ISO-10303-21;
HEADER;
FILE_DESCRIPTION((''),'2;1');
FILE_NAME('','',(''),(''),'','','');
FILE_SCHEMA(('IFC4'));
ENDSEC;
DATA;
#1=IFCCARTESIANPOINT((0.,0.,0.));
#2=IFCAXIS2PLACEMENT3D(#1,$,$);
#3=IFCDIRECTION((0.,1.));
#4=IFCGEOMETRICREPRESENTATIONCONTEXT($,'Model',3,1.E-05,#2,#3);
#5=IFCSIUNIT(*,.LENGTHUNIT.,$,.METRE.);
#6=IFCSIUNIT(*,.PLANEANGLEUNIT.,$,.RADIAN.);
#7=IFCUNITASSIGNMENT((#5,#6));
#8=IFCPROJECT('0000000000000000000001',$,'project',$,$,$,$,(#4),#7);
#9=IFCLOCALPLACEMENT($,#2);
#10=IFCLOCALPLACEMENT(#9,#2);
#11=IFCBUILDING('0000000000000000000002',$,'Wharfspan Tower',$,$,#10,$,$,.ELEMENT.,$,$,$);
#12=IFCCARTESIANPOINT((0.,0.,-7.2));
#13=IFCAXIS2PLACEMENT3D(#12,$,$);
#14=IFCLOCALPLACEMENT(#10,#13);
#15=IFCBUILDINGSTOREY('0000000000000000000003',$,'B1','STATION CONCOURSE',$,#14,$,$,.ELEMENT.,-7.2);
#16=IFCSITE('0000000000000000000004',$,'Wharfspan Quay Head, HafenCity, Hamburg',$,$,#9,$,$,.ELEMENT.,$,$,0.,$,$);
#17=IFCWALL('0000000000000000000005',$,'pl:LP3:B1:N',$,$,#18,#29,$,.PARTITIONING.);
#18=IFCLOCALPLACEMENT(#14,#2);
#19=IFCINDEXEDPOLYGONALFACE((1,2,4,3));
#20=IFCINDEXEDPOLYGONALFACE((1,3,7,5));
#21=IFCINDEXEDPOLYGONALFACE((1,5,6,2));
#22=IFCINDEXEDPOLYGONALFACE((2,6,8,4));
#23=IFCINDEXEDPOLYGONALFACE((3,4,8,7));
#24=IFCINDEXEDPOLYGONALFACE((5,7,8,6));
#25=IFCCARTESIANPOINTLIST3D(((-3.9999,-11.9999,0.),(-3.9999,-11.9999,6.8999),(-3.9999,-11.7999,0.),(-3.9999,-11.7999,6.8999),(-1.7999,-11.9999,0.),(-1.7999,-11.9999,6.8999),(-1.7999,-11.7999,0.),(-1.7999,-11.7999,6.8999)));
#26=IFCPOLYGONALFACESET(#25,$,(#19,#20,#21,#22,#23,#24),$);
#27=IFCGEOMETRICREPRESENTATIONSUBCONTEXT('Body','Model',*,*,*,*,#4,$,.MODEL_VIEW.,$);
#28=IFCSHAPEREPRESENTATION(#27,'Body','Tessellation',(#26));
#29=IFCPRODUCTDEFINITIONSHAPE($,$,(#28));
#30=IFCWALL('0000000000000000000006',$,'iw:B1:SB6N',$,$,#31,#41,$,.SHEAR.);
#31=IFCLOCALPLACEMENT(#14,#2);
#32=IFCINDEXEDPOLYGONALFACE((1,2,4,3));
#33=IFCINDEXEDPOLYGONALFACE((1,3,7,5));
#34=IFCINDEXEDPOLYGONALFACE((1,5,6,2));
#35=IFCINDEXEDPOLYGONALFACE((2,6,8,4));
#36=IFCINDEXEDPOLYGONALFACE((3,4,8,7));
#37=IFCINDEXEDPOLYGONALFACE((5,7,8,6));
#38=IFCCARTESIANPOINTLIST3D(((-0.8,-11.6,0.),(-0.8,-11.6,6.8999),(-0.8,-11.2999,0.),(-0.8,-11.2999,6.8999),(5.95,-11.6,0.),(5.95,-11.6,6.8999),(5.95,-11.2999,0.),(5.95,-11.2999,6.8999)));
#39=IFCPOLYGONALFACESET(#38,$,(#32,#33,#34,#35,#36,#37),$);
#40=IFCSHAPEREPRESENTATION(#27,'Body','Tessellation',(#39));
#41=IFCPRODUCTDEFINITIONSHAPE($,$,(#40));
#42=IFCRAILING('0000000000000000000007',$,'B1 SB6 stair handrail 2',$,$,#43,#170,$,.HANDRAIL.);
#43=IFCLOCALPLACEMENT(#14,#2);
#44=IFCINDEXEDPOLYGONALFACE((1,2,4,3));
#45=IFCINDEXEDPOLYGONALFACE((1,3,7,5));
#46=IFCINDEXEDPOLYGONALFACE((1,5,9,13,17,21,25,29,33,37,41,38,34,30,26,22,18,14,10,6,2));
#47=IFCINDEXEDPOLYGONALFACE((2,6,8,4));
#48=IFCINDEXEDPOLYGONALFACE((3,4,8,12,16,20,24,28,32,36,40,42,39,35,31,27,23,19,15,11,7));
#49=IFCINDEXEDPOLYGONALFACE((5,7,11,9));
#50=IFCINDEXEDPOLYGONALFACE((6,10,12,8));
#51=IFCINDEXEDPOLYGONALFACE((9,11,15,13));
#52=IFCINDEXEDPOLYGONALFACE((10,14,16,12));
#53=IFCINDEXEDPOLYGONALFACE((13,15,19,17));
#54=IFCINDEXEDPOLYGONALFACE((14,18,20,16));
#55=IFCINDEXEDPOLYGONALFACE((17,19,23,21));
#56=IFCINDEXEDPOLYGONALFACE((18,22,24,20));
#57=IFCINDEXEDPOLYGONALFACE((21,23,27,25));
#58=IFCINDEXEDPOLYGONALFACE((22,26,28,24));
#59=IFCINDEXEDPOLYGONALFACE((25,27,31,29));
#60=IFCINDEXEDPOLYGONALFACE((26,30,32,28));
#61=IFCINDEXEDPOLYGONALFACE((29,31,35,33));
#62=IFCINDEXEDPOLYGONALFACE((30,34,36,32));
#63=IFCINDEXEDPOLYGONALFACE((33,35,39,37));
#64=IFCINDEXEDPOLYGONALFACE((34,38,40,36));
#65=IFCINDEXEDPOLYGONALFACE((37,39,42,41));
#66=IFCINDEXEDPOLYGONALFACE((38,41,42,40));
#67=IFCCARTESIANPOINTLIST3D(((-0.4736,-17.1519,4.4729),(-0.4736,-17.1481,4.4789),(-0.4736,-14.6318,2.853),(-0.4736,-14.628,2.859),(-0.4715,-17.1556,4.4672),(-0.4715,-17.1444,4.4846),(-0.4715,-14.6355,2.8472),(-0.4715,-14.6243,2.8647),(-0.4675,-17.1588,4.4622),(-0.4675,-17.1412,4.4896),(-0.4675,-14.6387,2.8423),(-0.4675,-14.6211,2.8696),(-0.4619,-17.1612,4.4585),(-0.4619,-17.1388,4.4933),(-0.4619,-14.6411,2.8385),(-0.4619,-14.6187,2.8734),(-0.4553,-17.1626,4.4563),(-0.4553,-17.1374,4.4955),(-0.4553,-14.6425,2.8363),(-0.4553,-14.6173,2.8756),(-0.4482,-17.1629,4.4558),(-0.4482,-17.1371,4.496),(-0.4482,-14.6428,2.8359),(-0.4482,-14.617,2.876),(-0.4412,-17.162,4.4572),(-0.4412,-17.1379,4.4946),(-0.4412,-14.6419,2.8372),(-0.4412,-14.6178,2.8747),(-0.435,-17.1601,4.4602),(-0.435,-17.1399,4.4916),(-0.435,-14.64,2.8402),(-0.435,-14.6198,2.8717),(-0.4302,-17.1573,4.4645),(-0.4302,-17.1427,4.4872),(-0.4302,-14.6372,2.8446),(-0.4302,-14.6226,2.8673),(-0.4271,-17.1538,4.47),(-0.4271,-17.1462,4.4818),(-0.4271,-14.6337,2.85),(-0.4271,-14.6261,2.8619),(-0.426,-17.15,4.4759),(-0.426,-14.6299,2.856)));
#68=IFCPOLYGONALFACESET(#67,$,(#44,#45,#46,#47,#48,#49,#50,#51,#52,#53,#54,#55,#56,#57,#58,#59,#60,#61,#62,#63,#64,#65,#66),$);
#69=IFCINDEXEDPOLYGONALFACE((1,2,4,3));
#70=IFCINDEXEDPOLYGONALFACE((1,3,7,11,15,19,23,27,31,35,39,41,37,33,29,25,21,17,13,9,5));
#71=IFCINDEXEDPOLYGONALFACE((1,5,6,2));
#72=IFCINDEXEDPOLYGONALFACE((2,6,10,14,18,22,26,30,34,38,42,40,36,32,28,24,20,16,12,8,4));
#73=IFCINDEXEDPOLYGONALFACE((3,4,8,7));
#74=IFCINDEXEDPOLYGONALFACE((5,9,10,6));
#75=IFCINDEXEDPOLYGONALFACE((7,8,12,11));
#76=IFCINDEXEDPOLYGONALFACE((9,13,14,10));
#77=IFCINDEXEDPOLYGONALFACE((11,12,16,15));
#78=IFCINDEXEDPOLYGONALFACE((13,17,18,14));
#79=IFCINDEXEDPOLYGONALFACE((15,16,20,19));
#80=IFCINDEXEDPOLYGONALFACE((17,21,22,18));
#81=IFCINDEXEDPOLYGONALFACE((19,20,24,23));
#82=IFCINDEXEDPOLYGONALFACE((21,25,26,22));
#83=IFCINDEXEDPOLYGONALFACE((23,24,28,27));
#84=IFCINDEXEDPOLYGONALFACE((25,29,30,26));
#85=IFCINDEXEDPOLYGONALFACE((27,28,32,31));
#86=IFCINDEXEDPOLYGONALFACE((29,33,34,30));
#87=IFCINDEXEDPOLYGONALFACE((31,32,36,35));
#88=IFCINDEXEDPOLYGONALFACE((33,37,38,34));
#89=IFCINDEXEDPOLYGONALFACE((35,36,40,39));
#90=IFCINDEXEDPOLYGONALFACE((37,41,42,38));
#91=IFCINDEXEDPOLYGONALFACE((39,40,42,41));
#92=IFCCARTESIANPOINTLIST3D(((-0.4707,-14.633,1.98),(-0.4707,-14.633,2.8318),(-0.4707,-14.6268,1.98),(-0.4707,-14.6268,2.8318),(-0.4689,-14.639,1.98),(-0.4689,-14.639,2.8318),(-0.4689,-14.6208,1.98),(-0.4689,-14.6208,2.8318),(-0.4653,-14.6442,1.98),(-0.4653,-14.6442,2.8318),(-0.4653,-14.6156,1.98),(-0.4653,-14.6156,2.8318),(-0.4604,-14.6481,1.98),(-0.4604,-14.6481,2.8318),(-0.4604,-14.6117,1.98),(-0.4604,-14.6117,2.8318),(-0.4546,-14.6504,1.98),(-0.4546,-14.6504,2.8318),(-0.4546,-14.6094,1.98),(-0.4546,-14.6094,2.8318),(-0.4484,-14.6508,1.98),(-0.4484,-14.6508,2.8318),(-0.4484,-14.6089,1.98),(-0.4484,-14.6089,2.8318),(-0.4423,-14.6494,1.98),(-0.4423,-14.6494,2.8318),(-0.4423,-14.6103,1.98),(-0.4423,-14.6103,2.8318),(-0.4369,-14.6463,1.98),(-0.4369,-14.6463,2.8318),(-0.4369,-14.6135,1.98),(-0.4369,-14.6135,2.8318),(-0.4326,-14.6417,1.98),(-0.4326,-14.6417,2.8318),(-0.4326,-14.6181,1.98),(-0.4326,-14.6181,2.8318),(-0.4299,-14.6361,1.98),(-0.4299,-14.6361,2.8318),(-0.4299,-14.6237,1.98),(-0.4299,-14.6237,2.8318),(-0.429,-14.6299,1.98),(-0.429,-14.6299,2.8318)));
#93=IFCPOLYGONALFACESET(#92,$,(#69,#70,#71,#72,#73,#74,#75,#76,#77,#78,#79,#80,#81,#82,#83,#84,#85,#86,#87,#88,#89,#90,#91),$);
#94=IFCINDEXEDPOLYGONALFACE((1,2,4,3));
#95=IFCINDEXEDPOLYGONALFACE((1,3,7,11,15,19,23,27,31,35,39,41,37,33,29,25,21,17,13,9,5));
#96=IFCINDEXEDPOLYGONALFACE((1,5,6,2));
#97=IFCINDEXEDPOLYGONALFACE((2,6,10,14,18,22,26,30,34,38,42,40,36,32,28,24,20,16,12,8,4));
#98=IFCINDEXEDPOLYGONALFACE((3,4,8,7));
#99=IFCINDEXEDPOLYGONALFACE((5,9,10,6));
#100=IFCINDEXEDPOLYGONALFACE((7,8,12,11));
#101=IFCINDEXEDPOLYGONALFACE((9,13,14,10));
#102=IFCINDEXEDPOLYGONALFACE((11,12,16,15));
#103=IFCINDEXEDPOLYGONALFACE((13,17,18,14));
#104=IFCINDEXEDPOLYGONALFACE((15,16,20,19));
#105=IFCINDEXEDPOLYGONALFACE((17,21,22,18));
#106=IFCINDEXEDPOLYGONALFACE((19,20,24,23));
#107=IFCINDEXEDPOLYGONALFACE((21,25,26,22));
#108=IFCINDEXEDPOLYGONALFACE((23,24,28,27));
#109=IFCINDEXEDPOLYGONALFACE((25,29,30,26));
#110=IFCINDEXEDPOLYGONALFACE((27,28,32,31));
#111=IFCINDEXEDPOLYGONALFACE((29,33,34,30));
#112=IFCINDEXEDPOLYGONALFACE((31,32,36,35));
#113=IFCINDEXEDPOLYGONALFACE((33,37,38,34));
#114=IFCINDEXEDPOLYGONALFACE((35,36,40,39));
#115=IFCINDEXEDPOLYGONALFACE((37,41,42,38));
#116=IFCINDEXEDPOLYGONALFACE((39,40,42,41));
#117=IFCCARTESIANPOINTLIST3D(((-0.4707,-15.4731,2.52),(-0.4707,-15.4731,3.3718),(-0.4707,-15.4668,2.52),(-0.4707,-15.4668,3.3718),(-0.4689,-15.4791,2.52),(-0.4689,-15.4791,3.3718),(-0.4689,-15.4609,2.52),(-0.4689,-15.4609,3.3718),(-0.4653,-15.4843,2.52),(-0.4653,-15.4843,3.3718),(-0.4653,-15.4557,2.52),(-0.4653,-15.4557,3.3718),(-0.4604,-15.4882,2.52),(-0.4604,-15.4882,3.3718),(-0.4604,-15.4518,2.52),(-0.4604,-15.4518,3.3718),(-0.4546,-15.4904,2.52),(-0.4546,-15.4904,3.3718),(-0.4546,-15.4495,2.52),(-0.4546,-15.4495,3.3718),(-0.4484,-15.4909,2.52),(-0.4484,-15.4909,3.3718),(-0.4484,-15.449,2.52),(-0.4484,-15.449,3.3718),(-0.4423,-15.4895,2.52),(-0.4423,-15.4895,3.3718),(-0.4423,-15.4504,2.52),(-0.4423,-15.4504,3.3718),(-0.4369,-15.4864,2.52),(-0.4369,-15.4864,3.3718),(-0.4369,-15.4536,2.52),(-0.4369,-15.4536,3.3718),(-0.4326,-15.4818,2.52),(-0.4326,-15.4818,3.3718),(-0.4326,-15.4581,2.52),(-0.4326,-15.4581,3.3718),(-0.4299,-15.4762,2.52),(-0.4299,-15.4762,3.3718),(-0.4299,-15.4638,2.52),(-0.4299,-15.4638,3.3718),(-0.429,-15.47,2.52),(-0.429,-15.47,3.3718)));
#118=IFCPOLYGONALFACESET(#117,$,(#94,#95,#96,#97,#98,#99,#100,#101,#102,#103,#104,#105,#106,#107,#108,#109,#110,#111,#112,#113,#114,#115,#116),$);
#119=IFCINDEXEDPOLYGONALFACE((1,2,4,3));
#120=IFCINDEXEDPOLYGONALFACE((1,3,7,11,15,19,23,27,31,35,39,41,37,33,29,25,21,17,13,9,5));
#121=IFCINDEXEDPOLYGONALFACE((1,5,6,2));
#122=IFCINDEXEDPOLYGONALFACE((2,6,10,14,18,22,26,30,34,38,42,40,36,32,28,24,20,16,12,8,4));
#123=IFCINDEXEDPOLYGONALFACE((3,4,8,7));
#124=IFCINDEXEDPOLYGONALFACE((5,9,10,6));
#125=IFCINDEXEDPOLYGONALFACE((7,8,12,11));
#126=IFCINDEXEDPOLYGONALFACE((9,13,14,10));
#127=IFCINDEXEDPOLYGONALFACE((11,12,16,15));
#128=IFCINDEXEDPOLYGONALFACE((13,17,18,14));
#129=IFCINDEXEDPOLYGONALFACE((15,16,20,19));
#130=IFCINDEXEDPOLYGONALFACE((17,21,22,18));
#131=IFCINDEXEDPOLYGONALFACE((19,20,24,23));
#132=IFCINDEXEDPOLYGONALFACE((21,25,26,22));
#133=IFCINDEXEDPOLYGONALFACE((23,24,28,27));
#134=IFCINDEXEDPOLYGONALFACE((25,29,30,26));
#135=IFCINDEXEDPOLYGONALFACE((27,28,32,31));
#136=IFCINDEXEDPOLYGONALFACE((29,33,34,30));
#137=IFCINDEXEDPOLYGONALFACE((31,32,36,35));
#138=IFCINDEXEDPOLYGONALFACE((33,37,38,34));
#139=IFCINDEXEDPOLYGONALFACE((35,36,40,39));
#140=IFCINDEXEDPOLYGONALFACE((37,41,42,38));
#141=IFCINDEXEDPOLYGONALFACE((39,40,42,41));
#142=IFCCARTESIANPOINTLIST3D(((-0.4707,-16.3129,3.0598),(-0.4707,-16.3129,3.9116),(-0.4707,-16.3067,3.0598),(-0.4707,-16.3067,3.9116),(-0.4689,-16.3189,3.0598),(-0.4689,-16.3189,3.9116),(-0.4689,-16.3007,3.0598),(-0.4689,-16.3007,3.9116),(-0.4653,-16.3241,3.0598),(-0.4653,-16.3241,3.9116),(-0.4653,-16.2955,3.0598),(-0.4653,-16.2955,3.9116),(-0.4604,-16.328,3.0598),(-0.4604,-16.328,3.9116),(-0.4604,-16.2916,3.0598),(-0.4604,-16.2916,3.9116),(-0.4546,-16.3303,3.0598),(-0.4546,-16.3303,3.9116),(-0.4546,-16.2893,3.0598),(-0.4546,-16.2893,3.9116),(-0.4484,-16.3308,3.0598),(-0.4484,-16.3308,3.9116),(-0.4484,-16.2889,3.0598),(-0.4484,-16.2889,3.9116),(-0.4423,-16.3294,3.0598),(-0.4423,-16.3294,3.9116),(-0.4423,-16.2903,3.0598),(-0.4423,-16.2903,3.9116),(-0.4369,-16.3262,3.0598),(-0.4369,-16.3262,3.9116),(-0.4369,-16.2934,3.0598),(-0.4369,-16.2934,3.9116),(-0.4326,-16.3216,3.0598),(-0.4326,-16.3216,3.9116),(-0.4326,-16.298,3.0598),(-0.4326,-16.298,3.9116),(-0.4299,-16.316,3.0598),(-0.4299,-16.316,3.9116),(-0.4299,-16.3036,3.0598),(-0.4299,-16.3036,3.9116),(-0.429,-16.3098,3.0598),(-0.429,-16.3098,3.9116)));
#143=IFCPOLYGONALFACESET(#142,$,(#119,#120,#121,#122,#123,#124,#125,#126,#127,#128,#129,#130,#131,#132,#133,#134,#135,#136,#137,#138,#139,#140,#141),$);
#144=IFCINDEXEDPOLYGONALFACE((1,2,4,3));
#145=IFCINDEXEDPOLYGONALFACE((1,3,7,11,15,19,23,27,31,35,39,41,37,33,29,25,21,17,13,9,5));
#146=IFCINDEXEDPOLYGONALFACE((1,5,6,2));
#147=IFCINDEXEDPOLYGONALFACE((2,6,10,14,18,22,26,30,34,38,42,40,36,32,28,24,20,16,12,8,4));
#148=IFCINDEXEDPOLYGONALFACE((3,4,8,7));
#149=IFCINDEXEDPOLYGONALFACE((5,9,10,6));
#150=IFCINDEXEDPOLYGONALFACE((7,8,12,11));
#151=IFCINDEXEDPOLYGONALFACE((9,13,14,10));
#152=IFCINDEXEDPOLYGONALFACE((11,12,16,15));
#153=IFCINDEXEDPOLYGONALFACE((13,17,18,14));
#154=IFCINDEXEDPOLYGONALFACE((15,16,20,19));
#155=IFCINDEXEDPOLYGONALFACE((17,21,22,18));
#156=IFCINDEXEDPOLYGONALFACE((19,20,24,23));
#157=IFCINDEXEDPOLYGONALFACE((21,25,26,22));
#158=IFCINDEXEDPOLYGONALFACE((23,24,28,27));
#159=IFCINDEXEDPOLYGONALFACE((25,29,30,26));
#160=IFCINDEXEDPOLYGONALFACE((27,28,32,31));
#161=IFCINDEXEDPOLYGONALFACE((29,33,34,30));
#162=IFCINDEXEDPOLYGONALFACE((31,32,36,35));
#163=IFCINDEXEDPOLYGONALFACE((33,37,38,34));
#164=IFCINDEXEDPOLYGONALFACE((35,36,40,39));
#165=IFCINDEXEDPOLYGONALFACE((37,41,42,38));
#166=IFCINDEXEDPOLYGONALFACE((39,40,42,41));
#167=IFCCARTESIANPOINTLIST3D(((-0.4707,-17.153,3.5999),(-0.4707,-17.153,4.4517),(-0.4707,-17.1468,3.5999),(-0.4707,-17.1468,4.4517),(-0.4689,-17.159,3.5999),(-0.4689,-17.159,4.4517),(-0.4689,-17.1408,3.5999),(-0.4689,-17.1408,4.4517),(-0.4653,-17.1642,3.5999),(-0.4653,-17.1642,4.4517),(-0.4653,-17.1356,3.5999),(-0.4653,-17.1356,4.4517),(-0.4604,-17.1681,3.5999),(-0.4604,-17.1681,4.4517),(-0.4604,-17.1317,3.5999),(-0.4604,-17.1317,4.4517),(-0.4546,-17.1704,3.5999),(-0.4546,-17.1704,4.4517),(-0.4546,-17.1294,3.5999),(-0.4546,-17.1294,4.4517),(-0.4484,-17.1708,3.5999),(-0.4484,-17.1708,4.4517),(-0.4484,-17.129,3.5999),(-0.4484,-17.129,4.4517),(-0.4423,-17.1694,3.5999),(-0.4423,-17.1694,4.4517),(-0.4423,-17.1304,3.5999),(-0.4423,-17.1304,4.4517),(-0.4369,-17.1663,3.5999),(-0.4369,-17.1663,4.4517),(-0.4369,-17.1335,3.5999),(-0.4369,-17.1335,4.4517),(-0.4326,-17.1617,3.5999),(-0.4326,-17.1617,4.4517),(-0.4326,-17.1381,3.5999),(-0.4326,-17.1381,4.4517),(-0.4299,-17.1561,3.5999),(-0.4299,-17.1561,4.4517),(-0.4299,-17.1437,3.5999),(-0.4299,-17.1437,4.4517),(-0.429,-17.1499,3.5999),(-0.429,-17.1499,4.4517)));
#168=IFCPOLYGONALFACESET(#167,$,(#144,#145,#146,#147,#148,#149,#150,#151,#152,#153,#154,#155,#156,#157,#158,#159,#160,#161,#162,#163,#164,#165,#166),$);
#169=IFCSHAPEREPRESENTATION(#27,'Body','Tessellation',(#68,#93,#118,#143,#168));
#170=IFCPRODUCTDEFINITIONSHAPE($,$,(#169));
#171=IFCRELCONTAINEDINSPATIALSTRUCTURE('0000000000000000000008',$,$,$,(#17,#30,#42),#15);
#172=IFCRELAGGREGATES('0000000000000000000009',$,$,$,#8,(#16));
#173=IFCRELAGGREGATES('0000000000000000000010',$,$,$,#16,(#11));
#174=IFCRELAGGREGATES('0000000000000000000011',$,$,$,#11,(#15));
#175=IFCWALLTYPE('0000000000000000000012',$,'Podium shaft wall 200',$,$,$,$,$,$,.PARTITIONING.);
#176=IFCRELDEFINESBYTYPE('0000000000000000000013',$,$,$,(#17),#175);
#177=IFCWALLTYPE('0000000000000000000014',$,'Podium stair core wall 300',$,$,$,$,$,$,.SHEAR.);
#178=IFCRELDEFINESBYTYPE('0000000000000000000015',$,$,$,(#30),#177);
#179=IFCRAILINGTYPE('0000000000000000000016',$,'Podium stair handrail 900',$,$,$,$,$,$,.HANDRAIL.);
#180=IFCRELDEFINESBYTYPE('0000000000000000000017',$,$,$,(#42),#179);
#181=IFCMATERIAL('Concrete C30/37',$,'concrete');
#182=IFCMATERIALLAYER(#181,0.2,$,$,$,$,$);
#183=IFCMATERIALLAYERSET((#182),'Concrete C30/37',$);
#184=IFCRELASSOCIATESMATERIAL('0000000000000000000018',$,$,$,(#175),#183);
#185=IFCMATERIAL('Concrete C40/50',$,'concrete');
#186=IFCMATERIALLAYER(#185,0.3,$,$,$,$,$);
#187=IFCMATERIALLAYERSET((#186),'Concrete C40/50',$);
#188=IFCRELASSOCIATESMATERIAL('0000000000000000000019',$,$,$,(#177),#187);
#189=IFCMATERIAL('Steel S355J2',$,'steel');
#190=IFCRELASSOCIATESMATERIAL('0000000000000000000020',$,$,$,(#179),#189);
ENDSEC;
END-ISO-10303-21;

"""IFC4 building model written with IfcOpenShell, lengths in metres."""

from ifc_helpers import new_model, si_unit, direction, frame, frame_2d, origin, origin_2d, place, context, subcontext, project, spatial, rectangle, circle, extrude, material, layer, layer_set, type_object, element, save


model = new_model("IFC4")

# Units and contexts
model_context = context("Model", 3, precision=1e-05, world=origin(), true_north=direction((0.0, 1.0)))
body_context = subcontext(model_context, "Body", "Model", "MODEL_VIEW")
ifc_project = project(units=[si_unit("LENGTHUNIT", "METRE"), si_unit("PLANEANGLEUNIT", "RADIAN")], contexts=[model_context])

# Site, building, storey
site_placement = place(None, origin())
site = spatial("IfcSite", under=ifc_project, at=site_placement, Name="Wharfspan Quay Head, HafenCity, Hamburg", CompositionType="ELEMENT", RefElevation=0.0)
building_placement = place(site_placement, origin())
building = spatial("IfcBuilding", under=site, at=building_placement, Name="Wharfspan Tower", CompositionType="ELEMENT")
storey_placement = place(building_placement, frame((0.0, 0.0, -7.2)))
storey = spatial("IfcBuildingStorey", under=building, at=storey_placement, Name="B1", Description="STATION CONCOURSE", CompositionType="ELEMENT", Elevation=-7.2)

# Shared definitions
ifc_material_1 = material(Name="Concrete C40/50", Category="concrete")

# Walls
ifc_material_2 = material(Name="Concrete C30/37", Category="concrete")
ifc_layer_1 = layer(ifc_material_2, 0.2)
ifc_layer_set_1 = layer_set([ifc_layer_1], Name="Concrete C30/37")
wall_type_1 = type_object("IfcWallType", Name="Podium shaft wall 200", PredefinedType="PARTITIONING", material=ifc_layer_set_1)
for number, where, z_axis, x_axis, name in (
    (1, (-4.0, -11.8999, 0.0), (0.0, 0.0, 1.0), (1.0, 0.0, 0.0), "pl:LP3:B1:N"),
):
    element("IfcWall", number, at=place(storey_placement, frame(where, z_axis=z_axis, x_axis=x_axis)), inside=storey, type_object=wall_type_1, Name=name, PredefinedType="PARTITIONING", context=body_context, shape_type="SweptSolid", body=[
        extrude(rectangle(XDim=2.2, YDim=0.2, at=frame_2d((1.1001, 0.0))), origin(), (0.0, 0.0, 1.0), 6.8999),
    ])
ifc_layer_2 = layer(ifc_material_1, 0.3)
ifc_layer_set_2 = layer_set([ifc_layer_2], Name="Concrete C40/50")
wall_type_2 = type_object("IfcWallType", Name="Podium stair core wall 300", PredefinedType="SHEAR", material=ifc_layer_set_2)
wall_1_placement = place(storey_placement, frame((-0.8, -11.45, 0.0), z_axis=(0.0, 0.0, 1.0), x_axis=(1.0, 0.0, 0.0)))
element("IfcWall", 2, at=wall_1_placement, inside=storey, type_object=wall_type_2, Name="iw:B1:SB6N", PredefinedType="SHEAR", context=body_context, shape_type="SweptSolid", body=[
    extrude(rectangle(XDim=6.75, YDim=0.3, at=frame_2d((3.375, 0.0))), origin(), (0.0, 0.0, 1.0), 6.8999),
])

# Railing
ifc_material_3 = material(Name="Steel S355J2", Category="steel")
railing_type = type_object("IfcRailingType", Name="Podium stair handrail 900", PredefinedType="HANDRAIL", material=ifc_material_3)
railing_1_placement = place(storey_placement, frame((-0.45, -14.6299, 1.98)))
element("IfcRailing", 3, at=railing_1_placement, inside=storey, type_object=railing_type, Name="B1 SB6 stair handrail 2", PredefinedType="HANDRAIL", context=body_context, shape_type="SweptSolid", body=[
    extrude(circle(Radius=0.0239, at=origin_2d()), frame((0.0, 0.0, 0.876), z_axis=(0.0, -0.8412, 0.540725), x_axis=(1.0, 0.0, 0.0)), (0.0, 0.0, 1.0), 2.9958),
    extrude(circle(Radius=0.021, at=origin_2d()), origin(), (0.0, 0.0, 1.0), 0.8518),
    extrude(circle(Radius=0.021, at=origin_2d()), frame((0.0, -0.8401, 0.54)), (0.0, 0.0, 1.0), 0.8518),
    extrude(circle(Radius=0.021, at=origin_2d()), frame((0.0, -1.6799, 1.0798)), (0.0, 0.0, 1.0), 0.8518),
    extrude(circle(Radius=0.021, at=origin_2d()), frame((0.0, -2.52, 1.6199)), (0.0, 0.0, 1.0), 0.8518),
])

save(model, "model.ifc")
